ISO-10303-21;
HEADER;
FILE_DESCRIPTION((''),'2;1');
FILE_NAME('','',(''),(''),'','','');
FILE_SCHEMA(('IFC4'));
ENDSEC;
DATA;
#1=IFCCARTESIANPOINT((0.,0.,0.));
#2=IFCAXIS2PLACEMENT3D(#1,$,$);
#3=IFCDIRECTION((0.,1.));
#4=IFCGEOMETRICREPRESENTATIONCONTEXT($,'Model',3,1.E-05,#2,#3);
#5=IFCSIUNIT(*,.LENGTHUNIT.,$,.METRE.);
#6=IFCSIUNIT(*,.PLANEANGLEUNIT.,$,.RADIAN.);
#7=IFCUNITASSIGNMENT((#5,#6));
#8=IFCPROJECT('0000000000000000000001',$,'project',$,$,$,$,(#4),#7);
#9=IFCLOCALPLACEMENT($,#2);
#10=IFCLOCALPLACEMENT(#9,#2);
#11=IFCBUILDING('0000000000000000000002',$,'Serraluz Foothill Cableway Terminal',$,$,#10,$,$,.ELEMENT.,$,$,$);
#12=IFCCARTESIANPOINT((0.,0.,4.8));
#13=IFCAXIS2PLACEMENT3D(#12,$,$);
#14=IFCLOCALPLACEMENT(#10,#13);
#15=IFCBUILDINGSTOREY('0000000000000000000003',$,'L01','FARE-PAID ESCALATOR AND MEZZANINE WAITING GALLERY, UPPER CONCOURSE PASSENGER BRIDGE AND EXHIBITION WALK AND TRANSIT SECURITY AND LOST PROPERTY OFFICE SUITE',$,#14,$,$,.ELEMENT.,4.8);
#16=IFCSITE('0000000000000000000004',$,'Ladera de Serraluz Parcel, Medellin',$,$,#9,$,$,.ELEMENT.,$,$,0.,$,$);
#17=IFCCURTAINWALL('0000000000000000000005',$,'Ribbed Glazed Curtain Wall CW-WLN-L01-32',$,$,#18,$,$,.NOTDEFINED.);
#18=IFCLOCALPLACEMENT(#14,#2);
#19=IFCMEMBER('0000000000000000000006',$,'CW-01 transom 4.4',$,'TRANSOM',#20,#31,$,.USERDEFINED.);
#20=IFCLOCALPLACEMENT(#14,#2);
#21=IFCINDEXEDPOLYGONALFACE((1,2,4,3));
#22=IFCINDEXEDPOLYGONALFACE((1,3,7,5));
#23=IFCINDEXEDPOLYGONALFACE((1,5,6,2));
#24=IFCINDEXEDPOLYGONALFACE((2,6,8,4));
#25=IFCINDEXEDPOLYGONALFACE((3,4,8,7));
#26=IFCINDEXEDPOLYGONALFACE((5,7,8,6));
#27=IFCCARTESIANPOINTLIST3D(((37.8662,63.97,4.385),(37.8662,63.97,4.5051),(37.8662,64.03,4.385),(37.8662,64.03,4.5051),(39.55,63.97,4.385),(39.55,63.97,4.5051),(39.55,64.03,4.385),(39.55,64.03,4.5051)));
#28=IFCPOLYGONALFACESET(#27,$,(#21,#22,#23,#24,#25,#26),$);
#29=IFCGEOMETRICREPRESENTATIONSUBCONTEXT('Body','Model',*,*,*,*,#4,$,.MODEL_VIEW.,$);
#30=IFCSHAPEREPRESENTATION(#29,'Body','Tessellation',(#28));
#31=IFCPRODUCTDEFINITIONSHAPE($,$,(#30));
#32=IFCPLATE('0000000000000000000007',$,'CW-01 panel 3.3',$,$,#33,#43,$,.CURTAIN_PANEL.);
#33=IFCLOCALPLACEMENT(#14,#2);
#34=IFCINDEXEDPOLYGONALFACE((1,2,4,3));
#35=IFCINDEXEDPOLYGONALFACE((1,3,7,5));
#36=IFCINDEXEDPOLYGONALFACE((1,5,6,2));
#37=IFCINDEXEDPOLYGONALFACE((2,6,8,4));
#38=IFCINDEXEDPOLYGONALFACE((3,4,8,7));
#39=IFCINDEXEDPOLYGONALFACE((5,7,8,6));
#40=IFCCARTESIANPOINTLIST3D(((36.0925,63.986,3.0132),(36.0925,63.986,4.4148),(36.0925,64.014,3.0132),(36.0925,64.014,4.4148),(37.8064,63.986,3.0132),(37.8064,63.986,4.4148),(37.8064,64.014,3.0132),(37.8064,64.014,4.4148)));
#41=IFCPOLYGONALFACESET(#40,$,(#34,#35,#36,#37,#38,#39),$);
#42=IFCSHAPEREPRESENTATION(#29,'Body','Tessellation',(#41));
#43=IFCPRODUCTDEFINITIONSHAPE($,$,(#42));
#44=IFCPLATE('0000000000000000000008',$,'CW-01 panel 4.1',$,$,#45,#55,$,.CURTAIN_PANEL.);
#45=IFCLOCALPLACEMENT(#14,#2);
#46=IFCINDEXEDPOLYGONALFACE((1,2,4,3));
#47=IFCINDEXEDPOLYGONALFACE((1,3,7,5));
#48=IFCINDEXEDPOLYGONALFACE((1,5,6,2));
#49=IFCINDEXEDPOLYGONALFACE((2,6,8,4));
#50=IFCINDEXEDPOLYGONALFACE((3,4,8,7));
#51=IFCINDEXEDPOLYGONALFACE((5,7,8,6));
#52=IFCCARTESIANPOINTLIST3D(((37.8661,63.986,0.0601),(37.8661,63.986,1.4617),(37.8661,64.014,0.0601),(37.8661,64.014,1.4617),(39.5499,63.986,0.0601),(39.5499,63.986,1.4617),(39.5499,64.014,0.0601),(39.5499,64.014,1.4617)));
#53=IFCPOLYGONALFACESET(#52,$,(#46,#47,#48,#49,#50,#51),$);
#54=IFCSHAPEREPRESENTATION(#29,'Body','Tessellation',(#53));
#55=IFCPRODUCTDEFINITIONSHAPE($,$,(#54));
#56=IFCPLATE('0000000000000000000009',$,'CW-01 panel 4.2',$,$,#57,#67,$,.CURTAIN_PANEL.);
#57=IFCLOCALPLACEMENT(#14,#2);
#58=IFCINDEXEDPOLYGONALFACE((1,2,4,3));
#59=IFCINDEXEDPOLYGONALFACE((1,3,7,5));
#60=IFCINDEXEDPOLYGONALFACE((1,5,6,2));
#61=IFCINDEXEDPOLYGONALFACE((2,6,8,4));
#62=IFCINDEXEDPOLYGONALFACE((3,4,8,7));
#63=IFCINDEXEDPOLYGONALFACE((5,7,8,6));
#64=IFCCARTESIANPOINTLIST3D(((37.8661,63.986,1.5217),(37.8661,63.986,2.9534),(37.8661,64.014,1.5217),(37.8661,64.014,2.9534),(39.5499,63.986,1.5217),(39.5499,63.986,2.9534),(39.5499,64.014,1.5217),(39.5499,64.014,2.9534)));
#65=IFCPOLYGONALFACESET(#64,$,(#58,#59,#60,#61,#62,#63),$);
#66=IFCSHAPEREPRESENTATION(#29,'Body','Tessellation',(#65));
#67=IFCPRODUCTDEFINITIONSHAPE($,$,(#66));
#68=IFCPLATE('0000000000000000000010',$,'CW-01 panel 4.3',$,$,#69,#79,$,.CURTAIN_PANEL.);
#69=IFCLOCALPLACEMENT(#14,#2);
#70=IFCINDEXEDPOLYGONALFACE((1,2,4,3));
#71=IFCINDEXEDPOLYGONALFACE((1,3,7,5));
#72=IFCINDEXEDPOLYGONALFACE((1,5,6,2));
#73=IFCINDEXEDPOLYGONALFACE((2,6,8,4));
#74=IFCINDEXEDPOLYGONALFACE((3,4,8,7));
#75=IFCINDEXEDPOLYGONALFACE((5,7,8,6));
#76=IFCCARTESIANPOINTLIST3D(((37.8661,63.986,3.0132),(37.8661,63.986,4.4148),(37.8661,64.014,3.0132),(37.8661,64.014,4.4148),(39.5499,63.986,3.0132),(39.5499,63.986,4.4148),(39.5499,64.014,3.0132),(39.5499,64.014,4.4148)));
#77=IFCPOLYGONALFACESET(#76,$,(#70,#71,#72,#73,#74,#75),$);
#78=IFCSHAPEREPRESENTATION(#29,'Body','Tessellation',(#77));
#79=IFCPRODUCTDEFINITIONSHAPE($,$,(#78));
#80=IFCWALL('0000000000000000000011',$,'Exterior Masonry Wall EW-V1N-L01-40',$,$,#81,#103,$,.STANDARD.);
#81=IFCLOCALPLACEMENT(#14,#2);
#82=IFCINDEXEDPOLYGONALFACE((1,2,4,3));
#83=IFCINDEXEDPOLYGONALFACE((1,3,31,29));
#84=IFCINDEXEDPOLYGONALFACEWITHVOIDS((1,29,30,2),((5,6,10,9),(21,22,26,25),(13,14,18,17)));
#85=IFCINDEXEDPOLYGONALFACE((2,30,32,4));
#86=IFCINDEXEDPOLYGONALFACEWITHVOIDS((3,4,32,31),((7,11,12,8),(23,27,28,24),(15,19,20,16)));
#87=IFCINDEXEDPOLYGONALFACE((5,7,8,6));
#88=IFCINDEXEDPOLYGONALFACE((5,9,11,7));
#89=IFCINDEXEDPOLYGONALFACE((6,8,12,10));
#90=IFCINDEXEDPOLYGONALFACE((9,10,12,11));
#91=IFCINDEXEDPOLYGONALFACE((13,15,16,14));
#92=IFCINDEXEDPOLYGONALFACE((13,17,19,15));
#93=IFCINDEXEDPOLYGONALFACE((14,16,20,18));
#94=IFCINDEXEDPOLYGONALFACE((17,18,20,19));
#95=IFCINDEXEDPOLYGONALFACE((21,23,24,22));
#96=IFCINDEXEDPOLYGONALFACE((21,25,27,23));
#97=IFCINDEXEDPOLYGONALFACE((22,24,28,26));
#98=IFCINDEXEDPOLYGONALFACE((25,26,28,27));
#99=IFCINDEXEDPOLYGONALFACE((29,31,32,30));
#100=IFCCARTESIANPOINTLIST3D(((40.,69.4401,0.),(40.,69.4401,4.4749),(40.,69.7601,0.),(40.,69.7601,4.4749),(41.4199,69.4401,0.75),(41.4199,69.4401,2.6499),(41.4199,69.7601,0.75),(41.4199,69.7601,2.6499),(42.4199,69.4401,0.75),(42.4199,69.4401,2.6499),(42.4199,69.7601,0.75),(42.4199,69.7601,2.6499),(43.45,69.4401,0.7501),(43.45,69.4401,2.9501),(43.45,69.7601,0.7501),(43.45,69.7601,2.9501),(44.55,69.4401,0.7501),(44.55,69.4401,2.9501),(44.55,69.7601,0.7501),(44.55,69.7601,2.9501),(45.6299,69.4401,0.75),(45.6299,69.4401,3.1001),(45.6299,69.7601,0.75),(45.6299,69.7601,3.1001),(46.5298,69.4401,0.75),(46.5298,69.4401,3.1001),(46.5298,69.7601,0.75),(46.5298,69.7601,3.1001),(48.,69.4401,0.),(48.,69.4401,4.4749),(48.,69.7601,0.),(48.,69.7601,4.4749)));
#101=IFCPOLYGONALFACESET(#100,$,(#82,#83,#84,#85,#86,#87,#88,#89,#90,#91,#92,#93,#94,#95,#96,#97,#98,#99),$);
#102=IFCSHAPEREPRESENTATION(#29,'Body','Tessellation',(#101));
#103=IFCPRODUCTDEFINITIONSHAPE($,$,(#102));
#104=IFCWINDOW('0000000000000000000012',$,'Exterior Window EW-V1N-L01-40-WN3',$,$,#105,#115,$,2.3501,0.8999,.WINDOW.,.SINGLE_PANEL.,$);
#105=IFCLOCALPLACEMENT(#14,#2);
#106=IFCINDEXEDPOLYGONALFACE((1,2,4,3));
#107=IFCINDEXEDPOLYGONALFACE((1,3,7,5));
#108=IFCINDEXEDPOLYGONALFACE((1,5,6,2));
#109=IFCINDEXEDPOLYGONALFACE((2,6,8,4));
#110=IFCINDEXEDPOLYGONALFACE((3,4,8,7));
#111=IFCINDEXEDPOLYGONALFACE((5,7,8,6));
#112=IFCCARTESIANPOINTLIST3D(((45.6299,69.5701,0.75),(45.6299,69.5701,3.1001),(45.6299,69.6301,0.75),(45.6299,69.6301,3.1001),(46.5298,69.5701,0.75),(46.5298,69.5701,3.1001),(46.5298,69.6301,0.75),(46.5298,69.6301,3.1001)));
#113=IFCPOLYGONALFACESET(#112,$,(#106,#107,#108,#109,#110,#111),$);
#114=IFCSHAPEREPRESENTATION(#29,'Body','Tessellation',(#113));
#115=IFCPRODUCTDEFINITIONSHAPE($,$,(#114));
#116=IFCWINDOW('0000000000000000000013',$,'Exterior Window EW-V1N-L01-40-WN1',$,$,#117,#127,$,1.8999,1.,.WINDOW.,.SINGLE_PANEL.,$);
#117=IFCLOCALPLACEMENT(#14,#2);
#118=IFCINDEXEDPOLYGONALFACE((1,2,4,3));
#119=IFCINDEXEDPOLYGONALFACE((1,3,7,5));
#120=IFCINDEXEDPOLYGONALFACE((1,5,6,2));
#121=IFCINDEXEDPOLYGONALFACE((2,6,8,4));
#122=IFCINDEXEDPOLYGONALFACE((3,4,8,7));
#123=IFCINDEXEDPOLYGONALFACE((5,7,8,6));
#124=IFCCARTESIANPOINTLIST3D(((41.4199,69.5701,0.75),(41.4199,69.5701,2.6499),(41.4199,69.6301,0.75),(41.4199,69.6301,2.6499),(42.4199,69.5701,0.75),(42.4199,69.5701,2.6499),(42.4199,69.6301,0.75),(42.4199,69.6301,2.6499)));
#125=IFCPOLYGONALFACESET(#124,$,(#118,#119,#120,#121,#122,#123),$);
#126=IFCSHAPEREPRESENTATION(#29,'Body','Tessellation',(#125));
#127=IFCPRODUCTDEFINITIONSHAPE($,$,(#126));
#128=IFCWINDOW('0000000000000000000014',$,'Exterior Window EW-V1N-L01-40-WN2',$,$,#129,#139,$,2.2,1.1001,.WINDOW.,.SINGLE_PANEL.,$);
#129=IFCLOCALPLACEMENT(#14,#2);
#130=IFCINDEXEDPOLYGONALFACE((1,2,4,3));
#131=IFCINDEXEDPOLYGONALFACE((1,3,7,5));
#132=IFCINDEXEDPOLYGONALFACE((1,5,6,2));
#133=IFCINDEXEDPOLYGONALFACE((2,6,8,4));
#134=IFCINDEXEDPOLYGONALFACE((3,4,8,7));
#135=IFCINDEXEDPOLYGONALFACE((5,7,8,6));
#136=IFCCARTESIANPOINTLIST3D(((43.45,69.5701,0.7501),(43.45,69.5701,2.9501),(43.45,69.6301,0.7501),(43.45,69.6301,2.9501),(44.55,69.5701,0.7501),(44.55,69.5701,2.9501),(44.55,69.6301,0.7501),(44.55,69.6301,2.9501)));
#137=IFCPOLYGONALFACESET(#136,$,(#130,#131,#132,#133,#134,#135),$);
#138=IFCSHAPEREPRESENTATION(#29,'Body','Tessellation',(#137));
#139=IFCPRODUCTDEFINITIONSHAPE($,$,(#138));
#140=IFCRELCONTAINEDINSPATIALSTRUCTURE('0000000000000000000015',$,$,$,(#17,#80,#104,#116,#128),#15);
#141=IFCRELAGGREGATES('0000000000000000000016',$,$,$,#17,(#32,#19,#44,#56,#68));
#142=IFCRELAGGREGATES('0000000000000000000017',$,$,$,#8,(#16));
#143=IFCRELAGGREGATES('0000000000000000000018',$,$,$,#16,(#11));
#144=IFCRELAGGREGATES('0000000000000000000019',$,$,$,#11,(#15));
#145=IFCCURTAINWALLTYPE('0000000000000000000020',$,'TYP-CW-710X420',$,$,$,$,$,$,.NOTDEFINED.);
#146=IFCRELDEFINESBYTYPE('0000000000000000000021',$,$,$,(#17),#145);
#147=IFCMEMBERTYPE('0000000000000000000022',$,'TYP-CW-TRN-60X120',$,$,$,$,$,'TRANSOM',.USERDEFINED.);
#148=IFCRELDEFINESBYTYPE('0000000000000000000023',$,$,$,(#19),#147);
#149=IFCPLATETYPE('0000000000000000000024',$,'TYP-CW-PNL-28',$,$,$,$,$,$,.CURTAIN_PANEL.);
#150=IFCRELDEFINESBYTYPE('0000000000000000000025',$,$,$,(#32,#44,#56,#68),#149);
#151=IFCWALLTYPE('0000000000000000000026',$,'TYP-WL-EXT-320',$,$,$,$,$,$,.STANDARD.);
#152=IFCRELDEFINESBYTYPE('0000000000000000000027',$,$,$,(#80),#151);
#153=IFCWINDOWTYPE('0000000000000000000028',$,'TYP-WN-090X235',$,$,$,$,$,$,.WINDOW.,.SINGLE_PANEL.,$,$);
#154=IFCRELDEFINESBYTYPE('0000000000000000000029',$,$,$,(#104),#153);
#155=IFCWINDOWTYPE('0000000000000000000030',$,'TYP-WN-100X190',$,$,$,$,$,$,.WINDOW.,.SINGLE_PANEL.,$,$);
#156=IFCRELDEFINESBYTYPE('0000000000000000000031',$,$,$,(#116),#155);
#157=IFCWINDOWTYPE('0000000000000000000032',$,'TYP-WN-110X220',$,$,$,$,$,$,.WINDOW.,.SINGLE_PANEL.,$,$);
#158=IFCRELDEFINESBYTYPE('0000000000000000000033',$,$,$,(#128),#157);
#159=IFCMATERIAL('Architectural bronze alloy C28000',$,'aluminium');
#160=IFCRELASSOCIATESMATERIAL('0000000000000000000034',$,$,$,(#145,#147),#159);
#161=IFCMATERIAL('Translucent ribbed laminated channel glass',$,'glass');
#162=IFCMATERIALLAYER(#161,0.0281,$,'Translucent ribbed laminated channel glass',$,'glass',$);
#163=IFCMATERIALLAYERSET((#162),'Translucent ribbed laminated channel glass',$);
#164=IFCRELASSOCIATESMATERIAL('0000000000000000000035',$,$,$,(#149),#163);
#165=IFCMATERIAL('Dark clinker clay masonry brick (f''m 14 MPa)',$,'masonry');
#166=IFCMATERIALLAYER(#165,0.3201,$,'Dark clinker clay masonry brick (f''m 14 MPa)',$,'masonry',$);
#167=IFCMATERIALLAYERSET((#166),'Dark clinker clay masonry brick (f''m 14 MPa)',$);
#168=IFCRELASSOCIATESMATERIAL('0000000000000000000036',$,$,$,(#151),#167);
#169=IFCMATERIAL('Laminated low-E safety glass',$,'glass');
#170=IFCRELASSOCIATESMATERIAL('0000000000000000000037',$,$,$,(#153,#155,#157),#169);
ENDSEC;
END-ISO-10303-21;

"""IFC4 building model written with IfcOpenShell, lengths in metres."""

from ifc_helpers import new_model, si_unit, direction, frame, frame_2d, origin, origin_2d, place, context, subcontext, project, spatial, rectangle, extrude, material, layer, layer_set, material_profile, profile_set, type_object, element, fill, aggregate, save


model = new_model("IFC4")

# Units and contexts
model_context = context("Model", 3, precision=1e-05, world=origin(), true_north=direction((0.0, 1.0)))
body_context = subcontext(model_context, "Body", "Model", "MODEL_VIEW")
ifc_project = project(units=[si_unit("LENGTHUNIT", "METRE"), si_unit("PLANEANGLEUNIT", "RADIAN")], contexts=[model_context])

# Site, building, storey
site_placement = place(None, origin())
site = spatial("IfcSite", under=ifc_project, at=site_placement, Name="Ladera de Serraluz Parcel, Medellin", CompositionType="ELEMENT", RefElevation=0.0)
building_placement = place(site_placement, origin())
building = spatial("IfcBuilding", under=site, at=building_placement, Name="Serraluz Foothill Cableway Terminal", CompositionType="ELEMENT")
storey_placement = place(building_placement, frame((0.0, 0.0, 4.8)))
storey = spatial("IfcBuildingStorey", under=building, at=storey_placement, Name="L01", Description="FARE-PAID ESCALATOR AND MEZZANINE WAITING GALLERY, UPPER CONCOURSE PASSENGER BRIDGE AND EXHIBITION WALK AND TRANSIT SECURITY AND LOST PROPERTY OFFICE SUITE", CompositionType="ELEMENT", Elevation=4.8)

# Curtain wall, member, plates
ifc_material_1 = material(Name="Architectural bronze alloy C28000", Category="aluminium")
curtain_wall_type = type_object("IfcCurtainWallType", Name="TYP-CW-710X420", PredefinedType="NOTDEFINED", material=ifc_material_1)
curtain_wall_placement = place(storey_placement, origin())
curtain_wall = element("IfcCurtainWall", 1, at=curtain_wall_placement, inside=storey, type_object=curtain_wall_type, Name="Ribbed Glazed Curtain Wall CW-WLN-L01-32", PredefinedType="NOTDEFINED")
ifc_material_profile_1 = material_profile(ifc_material_1, rectangle(XDim=0.0601, YDim=0.1201, at=origin_2d()), Name="ALU TRANSOM 60x120")
ifc_profile_set_1 = profile_set([ifc_material_profile_1], Name="Architectural bronze alloy C28000")
member_type_1 = type_object("IfcMemberType", Name="TYP-CW-TRN-60X120", ElementType="TRANSOM", PredefinedType="USERDEFINED", material=ifc_profile_set_1)
member_1_placement = place(storey_placement, frame((37.8662, 64.0, 4.4451), z_axis=(1.0, 0.0, 0.0), x_axis=(0.0, 1.0, 0.0)))
member_1 = element("IfcMember", 2, at=member_1_placement, type_object=member_type_1, Name="CW-01 transom 4.4", ObjectType="TRANSOM", PredefinedType="USERDEFINED", context=body_context, shape_type="SweptSolid", body=[
    extrude(rectangle(XDim=0.0601, YDim=0.1201, at=origin_2d()), origin(), (0.0, 0.0, 1.0), 1.6838),
])
ifc_material_2 = material(Name="Translucent ribbed laminated channel glass", Category="glass")
ifc_layer_1 = layer(ifc_material_2, 0.0281, Name="Translucent ribbed laminated channel glass", Category="glass")
ifc_layer_set_1 = layer_set([ifc_layer_1], Name="Translucent ribbed laminated channel glass")
plate_type = type_object("IfcPlateType", Name="TYP-CW-PNL-28", PredefinedType="CURTAIN_PANEL", material=ifc_layer_set_1)
plate_1_placement = place(storey_placement, frame((36.9495, 64.0, 3.0132), z_axis=(0.0, 0.0, 1.0), x_axis=(1.0, 0.0, 0.0)))
plate_1 = element("IfcPlate", 3, at=plate_1_placement, type_object=plate_type, Name="CW-01 panel 3.3", PredefinedType="CURTAIN_PANEL", context=body_context, shape_type="SweptSolid", body=[
    extrude(rectangle(XDim=1.7139, YDim=0.0281, at=origin_2d()), origin(), (0.0, 0.0, 1.0), 1.4016),
])
plate_2_placement = place(storey_placement, frame((38.708, 64.0, 0.0601), z_axis=(0.0, 0.0, 1.0), x_axis=(1.0, 0.0, 0.0)))
plate_2 = element("IfcPlate", 4, at=plate_2_placement, type_object=plate_type, Name="CW-01 panel 4.1", PredefinedType="CURTAIN_PANEL", context=body_context, shape_type="SweptSolid", body=[
    extrude(rectangle(XDim=1.6838, YDim=0.0281, at=origin_2d()), origin(), (0.0, 0.0, 1.0), 1.4016),
])
plate_3_placement = place(storey_placement, frame((38.708, 64.0, 1.5217), z_axis=(0.0, 0.0, 1.0), x_axis=(1.0, 0.0, 0.0)))
plate_3 = element("IfcPlate", 5, at=plate_3_placement, type_object=plate_type, Name="CW-01 panel 4.2", PredefinedType="CURTAIN_PANEL", context=body_context, shape_type="SweptSolid", body=[
    extrude(rectangle(XDim=1.6838, YDim=0.0281, at=origin_2d()), origin(), (0.0, 0.0, 1.0), 1.4316),
])
plate_4_placement = place(storey_placement, frame((38.708, 64.0, 3.0132), z_axis=(0.0, 0.0, 1.0), x_axis=(1.0, 0.0, 0.0)))
plate_4 = element("IfcPlate", 6, at=plate_4_placement, type_object=plate_type, Name="CW-01 panel 4.3", PredefinedType="CURTAIN_PANEL", context=body_context, shape_type="SweptSolid", body=[
    extrude(rectangle(XDim=1.6838, YDim=0.0281, at=origin_2d()), origin(), (0.0, 0.0, 1.0), 1.4016),
])
aggregate(curtain_wall, [plate_1, member_1, plate_2, plate_3, plate_4])

# Wall, openings, windows
ifc_material_3 = material(Name="Dark clinker clay masonry brick (f'm 14 MPa)", Category="masonry")
ifc_layer_2 = layer(ifc_material_3, 0.3201, Name="Dark clinker clay masonry brick (f'm 14 MPa)", Category="masonry")
ifc_layer_set_2 = layer_set([ifc_layer_2], Name="Dark clinker clay masonry brick (f'm 14 MPa)")
wall_type = type_object("IfcWallType", Name="TYP-WL-EXT-320", PredefinedType="STANDARD", material=ifc_layer_set_2)
wall_1_placement = place(storey_placement, frame((40.0, 69.6001, 0.0), z_axis=(0.0, 0.0, 1.0), x_axis=(1.0, 0.0, 0.0)))
wall_1 = element("IfcWall", 7, at=wall_1_placement, inside=storey, type_object=wall_type, Name="Exterior Masonry Wall EW-V1N-L01-40", PredefinedType="STANDARD", context=body_context, shape_type="SweptSolid", body=[
    extrude(rectangle(XDim=8.0, YDim=0.3201, at=frame_2d((4.0, 0.0))), origin(), (0.0, 0.0, 1.0), 4.4749),
])
opening_1_placement = place(wall_1_placement, frame((1.4199, 0.0, 0.75)))
opening_1 = element("IfcOpeningElement", 8, at=opening_1_placement, cuts=wall_1, PredefinedType="OPENING", context=body_context, shape_type="SweptSolid", body=[
    extrude(rectangle(XDim=1.0, YDim=1.8999, at=frame_2d((0.5, 0.95))), frame((0.0, 0.1699, 0.0), z_axis=(0.0, -1.0, 0.0), x_axis=(1.0, 0.0, 0.0)), (0.0, 0.0, 1.0), 0.3401),
])
opening_2_placement = place(wall_1_placement, frame((3.45, 0.0, 0.75)))
opening_2 = element("IfcOpeningElement", 9, at=opening_2_placement, cuts=wall_1, PredefinedType="OPENING", context=body_context, shape_type="SweptSolid", body=[
    extrude(rectangle(XDim=1.1001, YDim=2.2, at=frame_2d((0.55, 1.1001))), frame((0.0, 0.1699, 0.0), z_axis=(0.0, -1.0, 0.0), x_axis=(1.0, 0.0, 0.0)), (0.0, 0.0, 1.0), 0.3401),
])
opening_3_placement = place(wall_1_placement, frame((5.6299, 0.0, 0.75)))
opening_3 = element("IfcOpeningElement", 10, at=opening_3_placement, cuts=wall_1, PredefinedType="OPENING", context=body_context, shape_type="SweptSolid", body=[
    extrude(rectangle(XDim=0.8999, YDim=2.3501, at=frame_2d((0.45, 1.175))), frame((0.0, 0.1699, 0.0), z_axis=(0.0, -1.0, 0.0), x_axis=(1.0, 0.0, 0.0)), (0.0, 0.0, 1.0), 0.3401),
])
ifc_material_4 = material(Name="Laminated low-E safety glass", Category="glass")
window_type_1 = type_object("IfcWindowType", Name="TYP-WN-090X235", PartitioningType="SINGLE_PANEL", PredefinedType="WINDOW", material=ifc_material_4)
window_1_placement = place(opening_3_placement, origin())
window_1 = element("IfcWindow", 11, at=window_1_placement, inside=storey, type_object=window_type_1, Name="Exterior Window EW-V1N-L01-40-WN3", OverallHeight=2.3501, OverallWidth=0.8999, PartitioningType="SINGLE_PANEL", PredefinedType="WINDOW", context=body_context, shape_type="SweptSolid", body=[
    extrude(rectangle(XDim=0.8999, YDim=2.3501, at=frame_2d((0.45, 1.175))), frame((0.0, 0.03, 0.0), z_axis=(0.0, -1.0, 0.0), x_axis=(1.0, 0.0, 0.0)), (0.0, 0.0, 1.0), 0.0601),
])
fill(opening_3, window_1)
window_type_2 = type_object("IfcWindowType", Name="TYP-WN-100X190", PartitioningType="SINGLE_PANEL", PredefinedType="WINDOW", material=ifc_material_4)
window_2_placement = place(opening_1_placement, origin())
window_2 = element("IfcWindow", 12, at=window_2_placement, inside=storey, type_object=window_type_2, Name="Exterior Window EW-V1N-L01-40-WN1", OverallHeight=1.8999, OverallWidth=1.0, PartitioningType="SINGLE_PANEL", PredefinedType="WINDOW", context=body_context, shape_type="SweptSolid", body=[
    extrude(rectangle(XDim=1.0, YDim=1.8999, at=frame_2d((0.5, 0.95))), frame((0.0, 0.03, 0.0), z_axis=(0.0, -1.0, 0.0), x_axis=(1.0, 0.0, 0.0)), (0.0, 0.0, 1.0), 0.0601),
])
fill(opening_1, window_2)
window_type_3 = type_object("IfcWindowType", Name="TYP-WN-110X220", PartitioningType="SINGLE_PANEL", PredefinedType="WINDOW", material=ifc_material_4)
window_3_placement = place(opening_2_placement, origin())
window_3 = element("IfcWindow", 13, at=window_3_placement, inside=storey, type_object=window_type_3, Name="Exterior Window EW-V1N-L01-40-WN2", OverallHeight=2.2, OverallWidth=1.1001, PartitioningType="SINGLE_PANEL", PredefinedType="WINDOW", context=body_context, shape_type="SweptSolid", body=[
    extrude(rectangle(XDim=1.1001, YDim=2.2, at=frame_2d((0.55, 1.1001))), frame((0.0, 0.03, 0.0), z_axis=(0.0, -1.0, 0.0), x_axis=(1.0, 0.0, 0.0)), (0.0, 0.0, 1.0), 0.0601),
])
fill(opening_2, window_3)

save(model, "model.ifc")
